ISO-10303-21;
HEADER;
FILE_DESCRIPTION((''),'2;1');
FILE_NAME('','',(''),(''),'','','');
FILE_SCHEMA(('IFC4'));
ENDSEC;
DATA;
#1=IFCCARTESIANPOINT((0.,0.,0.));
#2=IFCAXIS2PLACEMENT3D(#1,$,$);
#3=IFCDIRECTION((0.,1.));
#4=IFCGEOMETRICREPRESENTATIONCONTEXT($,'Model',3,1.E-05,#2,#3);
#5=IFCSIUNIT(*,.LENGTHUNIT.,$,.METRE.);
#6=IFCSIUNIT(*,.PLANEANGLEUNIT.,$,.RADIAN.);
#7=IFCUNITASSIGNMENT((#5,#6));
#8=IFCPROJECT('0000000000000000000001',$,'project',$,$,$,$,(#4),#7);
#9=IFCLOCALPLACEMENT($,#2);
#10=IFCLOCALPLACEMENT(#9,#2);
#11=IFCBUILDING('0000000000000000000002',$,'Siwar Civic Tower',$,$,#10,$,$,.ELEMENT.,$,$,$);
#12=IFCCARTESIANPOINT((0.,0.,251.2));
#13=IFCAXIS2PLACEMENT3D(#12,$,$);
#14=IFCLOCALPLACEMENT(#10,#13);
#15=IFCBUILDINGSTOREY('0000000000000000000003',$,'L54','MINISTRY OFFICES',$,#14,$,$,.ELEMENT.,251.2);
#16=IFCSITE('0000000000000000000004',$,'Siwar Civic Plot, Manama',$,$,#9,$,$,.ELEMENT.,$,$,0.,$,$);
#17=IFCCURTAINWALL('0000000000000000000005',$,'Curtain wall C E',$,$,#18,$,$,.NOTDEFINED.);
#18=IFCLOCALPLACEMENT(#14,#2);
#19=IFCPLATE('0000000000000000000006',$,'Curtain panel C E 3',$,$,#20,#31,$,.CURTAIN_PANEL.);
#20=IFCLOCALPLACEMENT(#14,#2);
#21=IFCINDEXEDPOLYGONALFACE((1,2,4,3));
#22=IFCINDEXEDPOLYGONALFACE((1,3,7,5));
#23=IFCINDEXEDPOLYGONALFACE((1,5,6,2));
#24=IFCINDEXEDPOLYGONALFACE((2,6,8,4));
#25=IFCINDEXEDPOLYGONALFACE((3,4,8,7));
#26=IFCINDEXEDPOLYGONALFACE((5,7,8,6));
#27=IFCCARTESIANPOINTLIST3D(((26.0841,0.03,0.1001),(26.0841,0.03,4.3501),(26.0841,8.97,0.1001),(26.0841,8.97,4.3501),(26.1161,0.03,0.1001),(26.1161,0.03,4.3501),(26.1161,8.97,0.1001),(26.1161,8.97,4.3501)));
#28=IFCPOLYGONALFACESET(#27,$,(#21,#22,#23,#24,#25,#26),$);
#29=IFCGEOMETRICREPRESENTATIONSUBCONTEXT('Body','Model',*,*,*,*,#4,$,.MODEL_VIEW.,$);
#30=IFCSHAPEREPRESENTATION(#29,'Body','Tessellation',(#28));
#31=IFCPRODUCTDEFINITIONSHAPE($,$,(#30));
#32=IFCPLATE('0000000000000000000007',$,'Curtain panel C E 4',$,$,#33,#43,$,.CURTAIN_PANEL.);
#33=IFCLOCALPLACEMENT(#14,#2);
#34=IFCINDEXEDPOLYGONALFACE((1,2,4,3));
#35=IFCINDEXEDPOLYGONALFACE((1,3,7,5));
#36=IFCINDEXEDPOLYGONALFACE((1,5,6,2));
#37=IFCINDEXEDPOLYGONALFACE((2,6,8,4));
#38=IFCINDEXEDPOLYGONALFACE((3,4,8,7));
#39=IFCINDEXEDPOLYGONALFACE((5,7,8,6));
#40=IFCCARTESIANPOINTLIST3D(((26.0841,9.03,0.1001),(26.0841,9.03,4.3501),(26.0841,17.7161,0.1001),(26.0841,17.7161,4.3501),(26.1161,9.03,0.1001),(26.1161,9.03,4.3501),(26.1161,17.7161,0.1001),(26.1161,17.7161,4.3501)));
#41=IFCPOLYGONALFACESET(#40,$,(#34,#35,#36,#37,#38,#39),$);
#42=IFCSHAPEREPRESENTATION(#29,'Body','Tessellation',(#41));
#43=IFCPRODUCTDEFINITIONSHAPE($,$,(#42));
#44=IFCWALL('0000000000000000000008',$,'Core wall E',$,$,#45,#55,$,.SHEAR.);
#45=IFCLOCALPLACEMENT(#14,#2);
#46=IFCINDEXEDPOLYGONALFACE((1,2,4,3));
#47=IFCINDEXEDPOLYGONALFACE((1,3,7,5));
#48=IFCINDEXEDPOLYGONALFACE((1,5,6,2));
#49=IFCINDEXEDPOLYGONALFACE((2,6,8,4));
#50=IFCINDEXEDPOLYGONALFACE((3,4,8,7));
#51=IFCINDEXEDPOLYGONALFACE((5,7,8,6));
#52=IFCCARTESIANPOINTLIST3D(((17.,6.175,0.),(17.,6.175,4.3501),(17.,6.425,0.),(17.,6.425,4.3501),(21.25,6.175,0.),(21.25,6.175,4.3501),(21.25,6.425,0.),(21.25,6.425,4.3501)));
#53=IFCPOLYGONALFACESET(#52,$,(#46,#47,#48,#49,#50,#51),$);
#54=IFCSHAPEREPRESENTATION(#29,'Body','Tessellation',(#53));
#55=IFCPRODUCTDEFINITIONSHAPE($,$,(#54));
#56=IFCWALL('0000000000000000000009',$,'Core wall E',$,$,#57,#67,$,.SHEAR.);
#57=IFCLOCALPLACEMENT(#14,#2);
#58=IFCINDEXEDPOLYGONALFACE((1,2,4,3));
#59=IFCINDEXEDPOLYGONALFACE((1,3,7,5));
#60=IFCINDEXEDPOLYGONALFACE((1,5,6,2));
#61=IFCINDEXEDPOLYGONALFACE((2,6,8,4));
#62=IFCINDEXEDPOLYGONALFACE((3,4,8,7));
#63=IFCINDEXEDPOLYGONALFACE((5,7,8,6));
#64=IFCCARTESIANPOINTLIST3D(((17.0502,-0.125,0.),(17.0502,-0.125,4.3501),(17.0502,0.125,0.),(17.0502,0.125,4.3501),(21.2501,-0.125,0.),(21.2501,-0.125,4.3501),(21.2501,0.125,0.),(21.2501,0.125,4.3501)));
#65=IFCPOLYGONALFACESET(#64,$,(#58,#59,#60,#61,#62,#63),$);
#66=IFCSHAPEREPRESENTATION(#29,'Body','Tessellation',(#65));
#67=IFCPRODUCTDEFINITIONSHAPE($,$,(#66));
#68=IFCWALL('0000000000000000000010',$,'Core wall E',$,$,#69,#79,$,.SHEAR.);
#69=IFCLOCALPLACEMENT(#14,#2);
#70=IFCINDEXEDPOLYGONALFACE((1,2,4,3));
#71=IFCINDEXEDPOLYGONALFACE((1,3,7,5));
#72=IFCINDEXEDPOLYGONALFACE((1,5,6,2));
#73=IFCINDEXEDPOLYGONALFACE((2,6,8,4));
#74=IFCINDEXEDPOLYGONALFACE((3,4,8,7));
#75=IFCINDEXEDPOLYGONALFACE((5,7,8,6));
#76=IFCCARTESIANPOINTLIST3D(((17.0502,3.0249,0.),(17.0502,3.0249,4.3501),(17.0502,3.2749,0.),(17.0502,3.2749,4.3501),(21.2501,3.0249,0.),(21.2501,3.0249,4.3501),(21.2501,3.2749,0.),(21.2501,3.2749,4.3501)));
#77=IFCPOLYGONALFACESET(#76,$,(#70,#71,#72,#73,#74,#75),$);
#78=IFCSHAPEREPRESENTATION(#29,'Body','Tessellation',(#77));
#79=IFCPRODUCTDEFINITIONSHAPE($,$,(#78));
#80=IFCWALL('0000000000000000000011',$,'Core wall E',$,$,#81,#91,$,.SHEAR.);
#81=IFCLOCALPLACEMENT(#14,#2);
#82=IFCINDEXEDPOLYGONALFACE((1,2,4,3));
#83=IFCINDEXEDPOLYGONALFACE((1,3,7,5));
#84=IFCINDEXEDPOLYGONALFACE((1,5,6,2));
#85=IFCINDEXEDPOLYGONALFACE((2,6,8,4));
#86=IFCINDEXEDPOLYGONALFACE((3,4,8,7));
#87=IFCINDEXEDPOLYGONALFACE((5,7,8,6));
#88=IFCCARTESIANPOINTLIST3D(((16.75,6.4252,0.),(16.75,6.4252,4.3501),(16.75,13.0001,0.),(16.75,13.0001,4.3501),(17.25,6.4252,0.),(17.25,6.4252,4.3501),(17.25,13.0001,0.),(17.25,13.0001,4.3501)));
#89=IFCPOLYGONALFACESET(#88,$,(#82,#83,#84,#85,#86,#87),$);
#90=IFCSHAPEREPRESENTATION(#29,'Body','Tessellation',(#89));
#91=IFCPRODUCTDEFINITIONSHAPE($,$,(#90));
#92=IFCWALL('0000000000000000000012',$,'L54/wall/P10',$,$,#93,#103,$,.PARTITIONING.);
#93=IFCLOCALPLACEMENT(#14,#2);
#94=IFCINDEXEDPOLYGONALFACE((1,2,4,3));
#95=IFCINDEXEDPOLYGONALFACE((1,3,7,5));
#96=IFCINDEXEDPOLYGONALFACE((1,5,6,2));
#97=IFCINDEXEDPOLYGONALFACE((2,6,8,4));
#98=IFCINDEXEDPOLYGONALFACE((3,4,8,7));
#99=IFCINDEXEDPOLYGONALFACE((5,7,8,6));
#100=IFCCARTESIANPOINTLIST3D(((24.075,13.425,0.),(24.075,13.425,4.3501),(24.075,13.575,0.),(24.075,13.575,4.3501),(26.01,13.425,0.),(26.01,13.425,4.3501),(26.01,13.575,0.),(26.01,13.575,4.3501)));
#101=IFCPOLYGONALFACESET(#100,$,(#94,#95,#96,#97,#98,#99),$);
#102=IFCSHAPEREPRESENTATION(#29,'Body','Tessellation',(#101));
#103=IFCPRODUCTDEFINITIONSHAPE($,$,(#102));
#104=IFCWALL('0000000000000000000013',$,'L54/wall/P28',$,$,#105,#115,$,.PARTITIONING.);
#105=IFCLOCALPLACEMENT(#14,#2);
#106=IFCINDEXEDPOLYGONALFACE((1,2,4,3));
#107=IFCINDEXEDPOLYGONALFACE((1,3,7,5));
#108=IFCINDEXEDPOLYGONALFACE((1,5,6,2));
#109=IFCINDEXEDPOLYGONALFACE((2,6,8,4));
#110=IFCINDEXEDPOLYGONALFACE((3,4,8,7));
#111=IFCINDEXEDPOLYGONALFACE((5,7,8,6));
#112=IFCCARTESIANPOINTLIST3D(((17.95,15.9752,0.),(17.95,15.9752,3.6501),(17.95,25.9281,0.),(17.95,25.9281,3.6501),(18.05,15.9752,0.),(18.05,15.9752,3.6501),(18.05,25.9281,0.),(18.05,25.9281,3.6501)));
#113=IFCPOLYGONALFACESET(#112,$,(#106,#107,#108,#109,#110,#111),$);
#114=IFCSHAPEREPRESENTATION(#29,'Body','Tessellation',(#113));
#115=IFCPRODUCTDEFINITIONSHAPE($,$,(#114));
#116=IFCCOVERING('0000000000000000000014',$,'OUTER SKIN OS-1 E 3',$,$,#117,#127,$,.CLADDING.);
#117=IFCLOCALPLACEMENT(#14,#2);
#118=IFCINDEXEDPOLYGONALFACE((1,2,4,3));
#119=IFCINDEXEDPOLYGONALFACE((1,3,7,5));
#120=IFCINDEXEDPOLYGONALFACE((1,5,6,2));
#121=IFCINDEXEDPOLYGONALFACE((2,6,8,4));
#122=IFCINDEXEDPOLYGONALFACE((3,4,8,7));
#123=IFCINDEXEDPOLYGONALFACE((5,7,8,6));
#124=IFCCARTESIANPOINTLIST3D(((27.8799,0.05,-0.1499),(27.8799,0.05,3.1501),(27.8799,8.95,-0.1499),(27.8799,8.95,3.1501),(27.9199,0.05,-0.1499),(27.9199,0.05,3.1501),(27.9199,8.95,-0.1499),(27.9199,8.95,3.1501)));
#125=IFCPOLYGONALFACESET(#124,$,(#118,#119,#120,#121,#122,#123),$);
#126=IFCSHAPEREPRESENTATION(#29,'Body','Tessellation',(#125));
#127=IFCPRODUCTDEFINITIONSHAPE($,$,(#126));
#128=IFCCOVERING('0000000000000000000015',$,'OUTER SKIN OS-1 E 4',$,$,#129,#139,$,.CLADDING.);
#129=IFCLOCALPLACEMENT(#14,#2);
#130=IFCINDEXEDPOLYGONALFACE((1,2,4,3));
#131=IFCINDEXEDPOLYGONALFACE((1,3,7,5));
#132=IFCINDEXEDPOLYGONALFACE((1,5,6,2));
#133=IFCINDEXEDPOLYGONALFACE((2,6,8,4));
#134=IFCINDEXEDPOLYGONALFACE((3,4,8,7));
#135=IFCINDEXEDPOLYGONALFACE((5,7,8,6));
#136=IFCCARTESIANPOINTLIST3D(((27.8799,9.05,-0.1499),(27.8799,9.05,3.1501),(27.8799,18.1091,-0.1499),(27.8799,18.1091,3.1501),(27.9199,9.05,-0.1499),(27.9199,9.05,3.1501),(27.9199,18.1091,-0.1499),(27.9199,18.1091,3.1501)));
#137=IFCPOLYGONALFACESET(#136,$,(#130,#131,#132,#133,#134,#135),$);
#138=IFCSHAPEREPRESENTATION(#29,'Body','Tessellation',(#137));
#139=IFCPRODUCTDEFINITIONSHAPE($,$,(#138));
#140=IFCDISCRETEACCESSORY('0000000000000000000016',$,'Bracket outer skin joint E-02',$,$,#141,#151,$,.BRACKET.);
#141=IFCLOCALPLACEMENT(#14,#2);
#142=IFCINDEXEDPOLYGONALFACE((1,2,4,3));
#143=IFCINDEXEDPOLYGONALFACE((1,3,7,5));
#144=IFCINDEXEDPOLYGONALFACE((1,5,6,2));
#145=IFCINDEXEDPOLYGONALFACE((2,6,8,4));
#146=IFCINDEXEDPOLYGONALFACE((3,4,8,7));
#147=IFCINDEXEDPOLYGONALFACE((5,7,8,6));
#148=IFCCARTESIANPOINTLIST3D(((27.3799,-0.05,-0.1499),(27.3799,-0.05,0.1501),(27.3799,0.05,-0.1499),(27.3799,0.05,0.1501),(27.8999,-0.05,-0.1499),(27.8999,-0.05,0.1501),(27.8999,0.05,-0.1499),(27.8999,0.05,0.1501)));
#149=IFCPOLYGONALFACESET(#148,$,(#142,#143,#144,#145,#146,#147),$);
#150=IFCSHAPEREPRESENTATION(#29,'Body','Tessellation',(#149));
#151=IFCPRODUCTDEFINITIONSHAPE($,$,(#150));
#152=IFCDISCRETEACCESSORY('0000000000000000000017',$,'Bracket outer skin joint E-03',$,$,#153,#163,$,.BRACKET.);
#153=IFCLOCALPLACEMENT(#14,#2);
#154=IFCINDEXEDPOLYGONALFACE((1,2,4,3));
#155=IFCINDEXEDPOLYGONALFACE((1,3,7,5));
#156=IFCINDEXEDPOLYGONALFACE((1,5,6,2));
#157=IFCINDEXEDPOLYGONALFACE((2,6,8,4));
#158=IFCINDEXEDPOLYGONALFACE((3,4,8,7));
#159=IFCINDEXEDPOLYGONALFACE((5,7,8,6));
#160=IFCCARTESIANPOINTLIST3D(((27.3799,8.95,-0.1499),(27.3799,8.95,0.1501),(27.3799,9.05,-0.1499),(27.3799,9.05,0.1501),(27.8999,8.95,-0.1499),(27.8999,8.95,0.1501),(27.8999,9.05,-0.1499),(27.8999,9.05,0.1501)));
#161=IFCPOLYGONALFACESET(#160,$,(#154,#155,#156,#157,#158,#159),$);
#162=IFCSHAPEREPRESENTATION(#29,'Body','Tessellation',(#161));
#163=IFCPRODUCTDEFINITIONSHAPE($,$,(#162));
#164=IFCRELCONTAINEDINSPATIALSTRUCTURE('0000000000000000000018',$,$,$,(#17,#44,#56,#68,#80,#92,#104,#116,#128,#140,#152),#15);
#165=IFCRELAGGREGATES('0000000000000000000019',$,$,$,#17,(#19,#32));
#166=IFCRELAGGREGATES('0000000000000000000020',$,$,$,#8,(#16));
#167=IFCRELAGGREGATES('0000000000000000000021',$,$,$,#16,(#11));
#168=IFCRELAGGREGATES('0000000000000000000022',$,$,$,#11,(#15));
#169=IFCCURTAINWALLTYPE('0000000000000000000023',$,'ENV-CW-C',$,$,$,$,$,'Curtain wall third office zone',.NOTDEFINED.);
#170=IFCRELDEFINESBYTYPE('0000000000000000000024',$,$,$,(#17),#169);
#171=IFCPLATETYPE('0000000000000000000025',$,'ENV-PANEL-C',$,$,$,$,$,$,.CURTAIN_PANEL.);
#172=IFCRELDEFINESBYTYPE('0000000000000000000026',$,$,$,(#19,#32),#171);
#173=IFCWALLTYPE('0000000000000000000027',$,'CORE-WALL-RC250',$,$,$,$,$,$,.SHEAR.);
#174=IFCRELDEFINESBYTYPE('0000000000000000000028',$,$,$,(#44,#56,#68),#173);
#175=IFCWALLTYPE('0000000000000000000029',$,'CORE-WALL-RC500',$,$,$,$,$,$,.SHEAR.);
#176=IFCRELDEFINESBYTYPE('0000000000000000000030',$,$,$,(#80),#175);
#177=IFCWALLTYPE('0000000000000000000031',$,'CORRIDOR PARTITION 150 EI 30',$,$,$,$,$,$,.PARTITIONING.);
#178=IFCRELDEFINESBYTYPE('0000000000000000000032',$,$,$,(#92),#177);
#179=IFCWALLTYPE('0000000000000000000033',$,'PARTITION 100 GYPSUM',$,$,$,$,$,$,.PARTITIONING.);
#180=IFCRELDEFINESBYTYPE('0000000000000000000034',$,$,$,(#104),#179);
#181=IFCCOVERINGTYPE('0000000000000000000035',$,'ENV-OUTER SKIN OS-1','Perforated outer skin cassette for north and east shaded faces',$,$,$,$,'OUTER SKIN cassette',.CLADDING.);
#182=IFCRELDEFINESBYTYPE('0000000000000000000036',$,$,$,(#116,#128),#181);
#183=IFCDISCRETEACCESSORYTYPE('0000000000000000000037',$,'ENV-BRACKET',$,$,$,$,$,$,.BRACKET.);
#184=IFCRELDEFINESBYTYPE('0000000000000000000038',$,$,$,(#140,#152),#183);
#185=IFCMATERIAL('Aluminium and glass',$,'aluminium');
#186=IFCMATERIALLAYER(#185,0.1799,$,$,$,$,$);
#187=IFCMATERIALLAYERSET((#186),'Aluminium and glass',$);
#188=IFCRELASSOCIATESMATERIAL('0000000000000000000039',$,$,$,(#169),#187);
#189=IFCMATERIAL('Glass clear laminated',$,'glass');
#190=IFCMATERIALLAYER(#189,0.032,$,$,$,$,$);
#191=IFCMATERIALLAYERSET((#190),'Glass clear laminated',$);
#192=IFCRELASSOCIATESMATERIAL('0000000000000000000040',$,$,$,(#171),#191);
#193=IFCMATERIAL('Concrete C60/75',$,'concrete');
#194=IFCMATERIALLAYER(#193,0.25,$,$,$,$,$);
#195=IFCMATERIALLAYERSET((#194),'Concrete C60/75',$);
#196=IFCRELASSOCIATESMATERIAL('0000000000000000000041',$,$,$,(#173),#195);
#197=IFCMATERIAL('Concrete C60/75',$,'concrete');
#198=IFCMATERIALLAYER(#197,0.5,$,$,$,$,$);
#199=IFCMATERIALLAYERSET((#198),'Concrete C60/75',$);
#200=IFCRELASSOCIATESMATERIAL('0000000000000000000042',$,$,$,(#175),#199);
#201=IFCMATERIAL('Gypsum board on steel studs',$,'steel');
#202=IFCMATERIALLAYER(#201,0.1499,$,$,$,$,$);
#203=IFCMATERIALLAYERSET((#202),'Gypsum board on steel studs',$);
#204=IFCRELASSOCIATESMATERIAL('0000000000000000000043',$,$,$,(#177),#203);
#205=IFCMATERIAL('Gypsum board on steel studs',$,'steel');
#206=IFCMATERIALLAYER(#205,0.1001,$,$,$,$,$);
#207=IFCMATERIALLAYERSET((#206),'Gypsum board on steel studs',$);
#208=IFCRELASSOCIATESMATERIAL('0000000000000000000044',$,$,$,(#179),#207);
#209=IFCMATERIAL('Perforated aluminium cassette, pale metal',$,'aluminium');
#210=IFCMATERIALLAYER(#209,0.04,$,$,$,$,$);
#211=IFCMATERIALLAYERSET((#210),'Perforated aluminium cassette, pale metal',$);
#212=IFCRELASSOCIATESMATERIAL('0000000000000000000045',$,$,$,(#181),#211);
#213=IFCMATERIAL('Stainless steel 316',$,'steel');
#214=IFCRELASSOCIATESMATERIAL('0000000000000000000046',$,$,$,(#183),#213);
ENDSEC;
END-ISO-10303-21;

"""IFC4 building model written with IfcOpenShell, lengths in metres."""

from ifc_helpers import new_model, si_unit, direction, frame, frame_2d, origin, origin_2d, place, context, subcontext, project, spatial, rectangle, extrude, material, layer, layer_set, type_object, element, aggregate, save


model = new_model("IFC4")

# Units and contexts
model_context = context("Model", 3, precision=1e-05, world=origin(), true_north=direction((0.0, 1.0)))
body_context = subcontext(model_context, "Body", "Model", "MODEL_VIEW")
ifc_project = project(units=[si_unit("LENGTHUNIT", "METRE"), si_unit("PLANEANGLEUNIT", "RADIAN")], contexts=[model_context])

# Site, building, storey
site_placement = place(None, origin())
site = spatial("IfcSite", under=ifc_project, at=site_placement, Name="Siwar Civic Plot, Manama", CompositionType="ELEMENT", RefElevation=0.0)
building_placement = place(site_placement, origin())
building = spatial("IfcBuilding", under=site, at=building_placement, Name="Siwar Civic Tower", CompositionType="ELEMENT")
storey_placement = place(building_placement, frame((0.0, 0.0, 251.2)))
storey = spatial("IfcBuildingStorey", under=building, at=storey_placement, Name="L54", Description="MINISTRY OFFICES", CompositionType="ELEMENT", Elevation=251.2)

# Curtain wall
ifc_material_1 = material(Name="Aluminium and glass", Category="aluminium")
ifc_layer_1 = layer(ifc_material_1, 0.1799)
ifc_layer_set_1 = layer_set([ifc_layer_1], Name="Aluminium and glass")
curtain_wall_type_1 = type_object("IfcCurtainWallType", Name="ENV-CW-C", ElementType="Curtain wall third office zone", PredefinedType="NOTDEFINED", material=ifc_layer_set_1)
curtain_wall_1_placement = place(storey_placement, origin())
curtain_wall_1 = element("IfcCurtainWall", 1, at=curtain_wall_1_placement, inside=storey, type_object=curtain_wall_type_1, Name="Curtain wall C E", PredefinedType="NOTDEFINED")

# Plates
ifc_material_2 = material(Name="Glass clear laminated", Category="glass")
ifc_layer_2 = layer(ifc_material_2, 0.032)
ifc_layer_set_2 = layer_set([ifc_layer_2], Name="Glass clear laminated")
plate_type = type_object("IfcPlateType", Name="ENV-PANEL-C", PredefinedType="CURTAIN_PANEL", material=ifc_layer_set_2)
plate_1_placement = place(storey_placement, frame((26.1001, 4.5, 0.1001), z_axis=(0.0, 0.0, 1.0), x_axis=(0.0, 1.0, 0.0)))
plate_1 = element("IfcPlate", 2, at=plate_1_placement, type_object=plate_type, Name="Curtain panel C E 3", PredefinedType="CURTAIN_PANEL", context=body_context, shape_type="SweptSolid", body=[
    extrude(rectangle(XDim=8.9399, YDim=0.032, at=origin_2d()), origin(), (0.0, 0.0, 1.0), 4.25),
])
plate_2_placement = place(storey_placement, frame((26.1001, 13.373, 0.1001), z_axis=(0.0, 0.0, 1.0), x_axis=(0.0, 1.0, 0.0)))
plate_2 = element("IfcPlate", 3, at=plate_2_placement, type_object=plate_type, Name="Curtain panel C E 4", PredefinedType="CURTAIN_PANEL", context=body_context, shape_type="SweptSolid", body=[
    extrude(rectangle(XDim=8.686, YDim=0.032, at=origin_2d()), origin(), (0.0, 0.0, 1.0), 4.25),
])
aggregate(curtain_wall_1, [plate_1, plate_2])

# Walls
ifc_material_3 = material(Name="Concrete C60/75", Category="concrete")
ifc_layer_3 = layer(ifc_material_3, 0.25)
ifc_layer_set_3 = layer_set([ifc_layer_3], Name="Concrete C60/75")
wall_type_1 = type_object("IfcWallType", Name="CORE-WALL-RC250", PredefinedType="SHEAR", material=ifc_layer_set_3)
wall_1_placement = place(storey_placement, frame((17.0, 6.3, 0.0), z_axis=(0.0, 0.0, 1.0), x_axis=(1.0, 0.0, 0.0)))
element("IfcWall", 4, at=wall_1_placement, inside=storey, type_object=wall_type_1, Name="Core wall E", PredefinedType="SHEAR", context=body_context, shape_type="SweptSolid", body=[
    extrude(rectangle(XDim=4.25, YDim=0.25, at=frame_2d((2.125, 0.0))), origin(), (0.0, 0.0, 1.0), 4.3501),
])
for number, where, z_axis, x_axis, name in (
    (5, (17.05, 0.0, 0.0), (0.0, 0.0, 1.0), (1.0, 0.0, 0.0), "Core wall E"),
    (6, (17.05, 3.1499, 0.0), (0.0, 0.0, 1.0), (1.0, 0.0, 0.0), "Core wall E"),
):
    element("IfcWall", number, at=place(storey_placement, frame(where, z_axis=z_axis, x_axis=x_axis)), inside=storey, type_object=wall_type_1, Name=name, PredefinedType="SHEAR", context=body_context, shape_type="SweptSolid", body=[
        extrude(rectangle(XDim=4.2, YDim=0.25, at=frame_2d((2.1001, 0.0))), origin(), (0.0, 0.0, 1.0), 4.3501),
    ])
ifc_material_4 = material(Name="Concrete C60/75", Category="concrete")
ifc_layer_4 = layer(ifc_material_4, 0.5)
ifc_layer_set_4 = layer_set([ifc_layer_4], Name="Concrete C60/75")
wall_type_2 = type_object("IfcWallType", Name="CORE-WALL-RC500", PredefinedType="SHEAR", material=ifc_layer_set_4)
wall_2_placement = place(storey_placement, frame((17.0, 6.425, 0.0), z_axis=(0.0, 0.0, 1.0), x_axis=(0.0, 1.0, 0.0)))
element("IfcWall", 7, at=wall_2_placement, inside=storey, type_object=wall_type_2, Name="Core wall E", PredefinedType="SHEAR", context=body_context, shape_type="SweptSolid", body=[
    extrude(rectangle(XDim=6.575, YDim=0.5, at=frame_2d((3.2876, 0.0))), origin(), (0.0, 0.0, 1.0), 4.3501),
])
ifc_material_5 = material(Name="Gypsum board on steel studs", Category="steel")
ifc_layer_5 = layer(ifc_material_5, 0.1499)
ifc_layer_set_5 = layer_set([ifc_layer_5], Name="Gypsum board on steel studs")
wall_type_3 = type_object("IfcWallType", Name="CORRIDOR PARTITION 150 EI 30", PredefinedType="PARTITIONING", material=ifc_layer_set_5)
wall_3_placement = place(storey_placement, frame((24.075, 13.5, 0.0), z_axis=(0.0, 0.0, 1.0), x_axis=(1.0, 0.0, 0.0)))
element("IfcWall", 8, at=wall_3_placement, inside=storey, type_object=wall_type_3, Name="L54/wall/P10", PredefinedType="PARTITIONING", context=body_context, shape_type="SweptSolid", body=[
    extrude(rectangle(XDim=1.9351, YDim=0.1499, at=frame_2d((0.9675, 0.0))), origin(), (0.0, 0.0, 1.0), 4.3501),
])
ifc_material_6 = material(Name="Gypsum board on steel studs", Category="steel")
ifc_layer_6 = layer(ifc_material_6, 0.1001)
ifc_layer_set_6 = layer_set([ifc_layer_6], Name="Gypsum board on steel studs")
wall_type_4 = type_object("IfcWallType", Name="PARTITION 100 GYPSUM", PredefinedType="PARTITIONING", material=ifc_layer_set_6)
wall_4_placement = place(storey_placement, frame((18.0, 15.9751, 0.0), z_axis=(0.0, 0.0, 1.0), x_axis=(0.0, 1.0, 0.0)))
element("IfcWall", 9, at=wall_4_placement, inside=storey, type_object=wall_type_4, Name="L54/wall/P28", PredefinedType="PARTITIONING", context=body_context, shape_type="SweptSolid", body=[
    extrude(rectangle(XDim=9.9529, YDim=0.1001, at=frame_2d((4.9766, 0.0))), origin(), (0.0, 0.0, 1.0), 3.6501),
])

# Coverings
ifc_material_7 = material(Name="Perforated aluminium cassette, pale metal", Category="aluminium")
ifc_layer_7 = layer(ifc_material_7, 0.04)
ifc_layer_set_7 = layer_set([ifc_layer_7], Name="Perforated aluminium cassette, pale metal")
covering_type = type_object("IfcCoveringType", Name="ENV-OUTER SKIN OS-1", Description="Perforated outer skin cassette for north and east shaded faces", ElementType="OUTER SKIN cassette", PredefinedType="CLADDING", material=ifc_layer_set_7)
covering_1_placement = place(storey_placement, frame((27.8999, 4.5, -0.1499), z_axis=(0.0, 0.0, 1.0), x_axis=(0.0, 1.0, 0.0)))
element("IfcCovering", 10, at=covering_1_placement, inside=storey, type_object=covering_type, Name="OUTER SKIN OS-1 E 3", PredefinedType="CLADDING", context=body_context, shape_type="SweptSolid", body=[
    extrude(rectangle(XDim=8.8999, YDim=0.04, at=origin_2d()), origin(), (0.0, 0.0, 1.0), 3.3),
])
covering_2_placement = place(storey_placement, frame((27.8999, 13.5796, -0.1499), z_axis=(0.0, 0.0, 1.0), x_axis=(0.0, 1.0, 0.0)))
element("IfcCovering", 11, at=covering_2_placement, inside=storey, type_object=covering_type, Name="OUTER SKIN OS-1 E 4", PredefinedType="CLADDING", context=body_context, shape_type="SweptSolid", body=[
    extrude(rectangle(XDim=9.0591, YDim=0.04, at=origin_2d()), origin(), (0.0, 0.0, 1.0), 3.3),
])

# Discrete accessories
ifc_material_8 = material(Name="Stainless steel 316", Category="steel")
discrete_accessory_type = type_object("IfcDiscreteAccessoryType", Name="ENV-BRACKET", PredefinedType="BRACKET", material=ifc_material_8)
for number, where, z_axis, x_axis, name in (
    (12, (27.6399, 0.0, -0.1499), (0.0, 0.0, 1.0), (1.0, 0.0, 0.0), "Bracket outer skin joint E-02"),
    (13, (27.6399, 9.0, -0.1499), (0.0, 0.0, 1.0), (1.0, 0.0, 0.0), "Bracket outer skin joint E-03"),
):
    element("IfcDiscreteAccessory", number, at=place(storey_placement, frame(where, z_axis=z_axis, x_axis=x_axis)), inside=storey, type_object=discrete_accessory_type, Name=name, PredefinedType="BRACKET", context=body_context, shape_type="SweptSolid", body=[
        extrude(rectangle(XDim=0.52, YDim=0.1001, at=origin_2d()), origin(), (0.0, 0.0, 1.0), 0.3),
    ])

save(model, "model.ifc")
